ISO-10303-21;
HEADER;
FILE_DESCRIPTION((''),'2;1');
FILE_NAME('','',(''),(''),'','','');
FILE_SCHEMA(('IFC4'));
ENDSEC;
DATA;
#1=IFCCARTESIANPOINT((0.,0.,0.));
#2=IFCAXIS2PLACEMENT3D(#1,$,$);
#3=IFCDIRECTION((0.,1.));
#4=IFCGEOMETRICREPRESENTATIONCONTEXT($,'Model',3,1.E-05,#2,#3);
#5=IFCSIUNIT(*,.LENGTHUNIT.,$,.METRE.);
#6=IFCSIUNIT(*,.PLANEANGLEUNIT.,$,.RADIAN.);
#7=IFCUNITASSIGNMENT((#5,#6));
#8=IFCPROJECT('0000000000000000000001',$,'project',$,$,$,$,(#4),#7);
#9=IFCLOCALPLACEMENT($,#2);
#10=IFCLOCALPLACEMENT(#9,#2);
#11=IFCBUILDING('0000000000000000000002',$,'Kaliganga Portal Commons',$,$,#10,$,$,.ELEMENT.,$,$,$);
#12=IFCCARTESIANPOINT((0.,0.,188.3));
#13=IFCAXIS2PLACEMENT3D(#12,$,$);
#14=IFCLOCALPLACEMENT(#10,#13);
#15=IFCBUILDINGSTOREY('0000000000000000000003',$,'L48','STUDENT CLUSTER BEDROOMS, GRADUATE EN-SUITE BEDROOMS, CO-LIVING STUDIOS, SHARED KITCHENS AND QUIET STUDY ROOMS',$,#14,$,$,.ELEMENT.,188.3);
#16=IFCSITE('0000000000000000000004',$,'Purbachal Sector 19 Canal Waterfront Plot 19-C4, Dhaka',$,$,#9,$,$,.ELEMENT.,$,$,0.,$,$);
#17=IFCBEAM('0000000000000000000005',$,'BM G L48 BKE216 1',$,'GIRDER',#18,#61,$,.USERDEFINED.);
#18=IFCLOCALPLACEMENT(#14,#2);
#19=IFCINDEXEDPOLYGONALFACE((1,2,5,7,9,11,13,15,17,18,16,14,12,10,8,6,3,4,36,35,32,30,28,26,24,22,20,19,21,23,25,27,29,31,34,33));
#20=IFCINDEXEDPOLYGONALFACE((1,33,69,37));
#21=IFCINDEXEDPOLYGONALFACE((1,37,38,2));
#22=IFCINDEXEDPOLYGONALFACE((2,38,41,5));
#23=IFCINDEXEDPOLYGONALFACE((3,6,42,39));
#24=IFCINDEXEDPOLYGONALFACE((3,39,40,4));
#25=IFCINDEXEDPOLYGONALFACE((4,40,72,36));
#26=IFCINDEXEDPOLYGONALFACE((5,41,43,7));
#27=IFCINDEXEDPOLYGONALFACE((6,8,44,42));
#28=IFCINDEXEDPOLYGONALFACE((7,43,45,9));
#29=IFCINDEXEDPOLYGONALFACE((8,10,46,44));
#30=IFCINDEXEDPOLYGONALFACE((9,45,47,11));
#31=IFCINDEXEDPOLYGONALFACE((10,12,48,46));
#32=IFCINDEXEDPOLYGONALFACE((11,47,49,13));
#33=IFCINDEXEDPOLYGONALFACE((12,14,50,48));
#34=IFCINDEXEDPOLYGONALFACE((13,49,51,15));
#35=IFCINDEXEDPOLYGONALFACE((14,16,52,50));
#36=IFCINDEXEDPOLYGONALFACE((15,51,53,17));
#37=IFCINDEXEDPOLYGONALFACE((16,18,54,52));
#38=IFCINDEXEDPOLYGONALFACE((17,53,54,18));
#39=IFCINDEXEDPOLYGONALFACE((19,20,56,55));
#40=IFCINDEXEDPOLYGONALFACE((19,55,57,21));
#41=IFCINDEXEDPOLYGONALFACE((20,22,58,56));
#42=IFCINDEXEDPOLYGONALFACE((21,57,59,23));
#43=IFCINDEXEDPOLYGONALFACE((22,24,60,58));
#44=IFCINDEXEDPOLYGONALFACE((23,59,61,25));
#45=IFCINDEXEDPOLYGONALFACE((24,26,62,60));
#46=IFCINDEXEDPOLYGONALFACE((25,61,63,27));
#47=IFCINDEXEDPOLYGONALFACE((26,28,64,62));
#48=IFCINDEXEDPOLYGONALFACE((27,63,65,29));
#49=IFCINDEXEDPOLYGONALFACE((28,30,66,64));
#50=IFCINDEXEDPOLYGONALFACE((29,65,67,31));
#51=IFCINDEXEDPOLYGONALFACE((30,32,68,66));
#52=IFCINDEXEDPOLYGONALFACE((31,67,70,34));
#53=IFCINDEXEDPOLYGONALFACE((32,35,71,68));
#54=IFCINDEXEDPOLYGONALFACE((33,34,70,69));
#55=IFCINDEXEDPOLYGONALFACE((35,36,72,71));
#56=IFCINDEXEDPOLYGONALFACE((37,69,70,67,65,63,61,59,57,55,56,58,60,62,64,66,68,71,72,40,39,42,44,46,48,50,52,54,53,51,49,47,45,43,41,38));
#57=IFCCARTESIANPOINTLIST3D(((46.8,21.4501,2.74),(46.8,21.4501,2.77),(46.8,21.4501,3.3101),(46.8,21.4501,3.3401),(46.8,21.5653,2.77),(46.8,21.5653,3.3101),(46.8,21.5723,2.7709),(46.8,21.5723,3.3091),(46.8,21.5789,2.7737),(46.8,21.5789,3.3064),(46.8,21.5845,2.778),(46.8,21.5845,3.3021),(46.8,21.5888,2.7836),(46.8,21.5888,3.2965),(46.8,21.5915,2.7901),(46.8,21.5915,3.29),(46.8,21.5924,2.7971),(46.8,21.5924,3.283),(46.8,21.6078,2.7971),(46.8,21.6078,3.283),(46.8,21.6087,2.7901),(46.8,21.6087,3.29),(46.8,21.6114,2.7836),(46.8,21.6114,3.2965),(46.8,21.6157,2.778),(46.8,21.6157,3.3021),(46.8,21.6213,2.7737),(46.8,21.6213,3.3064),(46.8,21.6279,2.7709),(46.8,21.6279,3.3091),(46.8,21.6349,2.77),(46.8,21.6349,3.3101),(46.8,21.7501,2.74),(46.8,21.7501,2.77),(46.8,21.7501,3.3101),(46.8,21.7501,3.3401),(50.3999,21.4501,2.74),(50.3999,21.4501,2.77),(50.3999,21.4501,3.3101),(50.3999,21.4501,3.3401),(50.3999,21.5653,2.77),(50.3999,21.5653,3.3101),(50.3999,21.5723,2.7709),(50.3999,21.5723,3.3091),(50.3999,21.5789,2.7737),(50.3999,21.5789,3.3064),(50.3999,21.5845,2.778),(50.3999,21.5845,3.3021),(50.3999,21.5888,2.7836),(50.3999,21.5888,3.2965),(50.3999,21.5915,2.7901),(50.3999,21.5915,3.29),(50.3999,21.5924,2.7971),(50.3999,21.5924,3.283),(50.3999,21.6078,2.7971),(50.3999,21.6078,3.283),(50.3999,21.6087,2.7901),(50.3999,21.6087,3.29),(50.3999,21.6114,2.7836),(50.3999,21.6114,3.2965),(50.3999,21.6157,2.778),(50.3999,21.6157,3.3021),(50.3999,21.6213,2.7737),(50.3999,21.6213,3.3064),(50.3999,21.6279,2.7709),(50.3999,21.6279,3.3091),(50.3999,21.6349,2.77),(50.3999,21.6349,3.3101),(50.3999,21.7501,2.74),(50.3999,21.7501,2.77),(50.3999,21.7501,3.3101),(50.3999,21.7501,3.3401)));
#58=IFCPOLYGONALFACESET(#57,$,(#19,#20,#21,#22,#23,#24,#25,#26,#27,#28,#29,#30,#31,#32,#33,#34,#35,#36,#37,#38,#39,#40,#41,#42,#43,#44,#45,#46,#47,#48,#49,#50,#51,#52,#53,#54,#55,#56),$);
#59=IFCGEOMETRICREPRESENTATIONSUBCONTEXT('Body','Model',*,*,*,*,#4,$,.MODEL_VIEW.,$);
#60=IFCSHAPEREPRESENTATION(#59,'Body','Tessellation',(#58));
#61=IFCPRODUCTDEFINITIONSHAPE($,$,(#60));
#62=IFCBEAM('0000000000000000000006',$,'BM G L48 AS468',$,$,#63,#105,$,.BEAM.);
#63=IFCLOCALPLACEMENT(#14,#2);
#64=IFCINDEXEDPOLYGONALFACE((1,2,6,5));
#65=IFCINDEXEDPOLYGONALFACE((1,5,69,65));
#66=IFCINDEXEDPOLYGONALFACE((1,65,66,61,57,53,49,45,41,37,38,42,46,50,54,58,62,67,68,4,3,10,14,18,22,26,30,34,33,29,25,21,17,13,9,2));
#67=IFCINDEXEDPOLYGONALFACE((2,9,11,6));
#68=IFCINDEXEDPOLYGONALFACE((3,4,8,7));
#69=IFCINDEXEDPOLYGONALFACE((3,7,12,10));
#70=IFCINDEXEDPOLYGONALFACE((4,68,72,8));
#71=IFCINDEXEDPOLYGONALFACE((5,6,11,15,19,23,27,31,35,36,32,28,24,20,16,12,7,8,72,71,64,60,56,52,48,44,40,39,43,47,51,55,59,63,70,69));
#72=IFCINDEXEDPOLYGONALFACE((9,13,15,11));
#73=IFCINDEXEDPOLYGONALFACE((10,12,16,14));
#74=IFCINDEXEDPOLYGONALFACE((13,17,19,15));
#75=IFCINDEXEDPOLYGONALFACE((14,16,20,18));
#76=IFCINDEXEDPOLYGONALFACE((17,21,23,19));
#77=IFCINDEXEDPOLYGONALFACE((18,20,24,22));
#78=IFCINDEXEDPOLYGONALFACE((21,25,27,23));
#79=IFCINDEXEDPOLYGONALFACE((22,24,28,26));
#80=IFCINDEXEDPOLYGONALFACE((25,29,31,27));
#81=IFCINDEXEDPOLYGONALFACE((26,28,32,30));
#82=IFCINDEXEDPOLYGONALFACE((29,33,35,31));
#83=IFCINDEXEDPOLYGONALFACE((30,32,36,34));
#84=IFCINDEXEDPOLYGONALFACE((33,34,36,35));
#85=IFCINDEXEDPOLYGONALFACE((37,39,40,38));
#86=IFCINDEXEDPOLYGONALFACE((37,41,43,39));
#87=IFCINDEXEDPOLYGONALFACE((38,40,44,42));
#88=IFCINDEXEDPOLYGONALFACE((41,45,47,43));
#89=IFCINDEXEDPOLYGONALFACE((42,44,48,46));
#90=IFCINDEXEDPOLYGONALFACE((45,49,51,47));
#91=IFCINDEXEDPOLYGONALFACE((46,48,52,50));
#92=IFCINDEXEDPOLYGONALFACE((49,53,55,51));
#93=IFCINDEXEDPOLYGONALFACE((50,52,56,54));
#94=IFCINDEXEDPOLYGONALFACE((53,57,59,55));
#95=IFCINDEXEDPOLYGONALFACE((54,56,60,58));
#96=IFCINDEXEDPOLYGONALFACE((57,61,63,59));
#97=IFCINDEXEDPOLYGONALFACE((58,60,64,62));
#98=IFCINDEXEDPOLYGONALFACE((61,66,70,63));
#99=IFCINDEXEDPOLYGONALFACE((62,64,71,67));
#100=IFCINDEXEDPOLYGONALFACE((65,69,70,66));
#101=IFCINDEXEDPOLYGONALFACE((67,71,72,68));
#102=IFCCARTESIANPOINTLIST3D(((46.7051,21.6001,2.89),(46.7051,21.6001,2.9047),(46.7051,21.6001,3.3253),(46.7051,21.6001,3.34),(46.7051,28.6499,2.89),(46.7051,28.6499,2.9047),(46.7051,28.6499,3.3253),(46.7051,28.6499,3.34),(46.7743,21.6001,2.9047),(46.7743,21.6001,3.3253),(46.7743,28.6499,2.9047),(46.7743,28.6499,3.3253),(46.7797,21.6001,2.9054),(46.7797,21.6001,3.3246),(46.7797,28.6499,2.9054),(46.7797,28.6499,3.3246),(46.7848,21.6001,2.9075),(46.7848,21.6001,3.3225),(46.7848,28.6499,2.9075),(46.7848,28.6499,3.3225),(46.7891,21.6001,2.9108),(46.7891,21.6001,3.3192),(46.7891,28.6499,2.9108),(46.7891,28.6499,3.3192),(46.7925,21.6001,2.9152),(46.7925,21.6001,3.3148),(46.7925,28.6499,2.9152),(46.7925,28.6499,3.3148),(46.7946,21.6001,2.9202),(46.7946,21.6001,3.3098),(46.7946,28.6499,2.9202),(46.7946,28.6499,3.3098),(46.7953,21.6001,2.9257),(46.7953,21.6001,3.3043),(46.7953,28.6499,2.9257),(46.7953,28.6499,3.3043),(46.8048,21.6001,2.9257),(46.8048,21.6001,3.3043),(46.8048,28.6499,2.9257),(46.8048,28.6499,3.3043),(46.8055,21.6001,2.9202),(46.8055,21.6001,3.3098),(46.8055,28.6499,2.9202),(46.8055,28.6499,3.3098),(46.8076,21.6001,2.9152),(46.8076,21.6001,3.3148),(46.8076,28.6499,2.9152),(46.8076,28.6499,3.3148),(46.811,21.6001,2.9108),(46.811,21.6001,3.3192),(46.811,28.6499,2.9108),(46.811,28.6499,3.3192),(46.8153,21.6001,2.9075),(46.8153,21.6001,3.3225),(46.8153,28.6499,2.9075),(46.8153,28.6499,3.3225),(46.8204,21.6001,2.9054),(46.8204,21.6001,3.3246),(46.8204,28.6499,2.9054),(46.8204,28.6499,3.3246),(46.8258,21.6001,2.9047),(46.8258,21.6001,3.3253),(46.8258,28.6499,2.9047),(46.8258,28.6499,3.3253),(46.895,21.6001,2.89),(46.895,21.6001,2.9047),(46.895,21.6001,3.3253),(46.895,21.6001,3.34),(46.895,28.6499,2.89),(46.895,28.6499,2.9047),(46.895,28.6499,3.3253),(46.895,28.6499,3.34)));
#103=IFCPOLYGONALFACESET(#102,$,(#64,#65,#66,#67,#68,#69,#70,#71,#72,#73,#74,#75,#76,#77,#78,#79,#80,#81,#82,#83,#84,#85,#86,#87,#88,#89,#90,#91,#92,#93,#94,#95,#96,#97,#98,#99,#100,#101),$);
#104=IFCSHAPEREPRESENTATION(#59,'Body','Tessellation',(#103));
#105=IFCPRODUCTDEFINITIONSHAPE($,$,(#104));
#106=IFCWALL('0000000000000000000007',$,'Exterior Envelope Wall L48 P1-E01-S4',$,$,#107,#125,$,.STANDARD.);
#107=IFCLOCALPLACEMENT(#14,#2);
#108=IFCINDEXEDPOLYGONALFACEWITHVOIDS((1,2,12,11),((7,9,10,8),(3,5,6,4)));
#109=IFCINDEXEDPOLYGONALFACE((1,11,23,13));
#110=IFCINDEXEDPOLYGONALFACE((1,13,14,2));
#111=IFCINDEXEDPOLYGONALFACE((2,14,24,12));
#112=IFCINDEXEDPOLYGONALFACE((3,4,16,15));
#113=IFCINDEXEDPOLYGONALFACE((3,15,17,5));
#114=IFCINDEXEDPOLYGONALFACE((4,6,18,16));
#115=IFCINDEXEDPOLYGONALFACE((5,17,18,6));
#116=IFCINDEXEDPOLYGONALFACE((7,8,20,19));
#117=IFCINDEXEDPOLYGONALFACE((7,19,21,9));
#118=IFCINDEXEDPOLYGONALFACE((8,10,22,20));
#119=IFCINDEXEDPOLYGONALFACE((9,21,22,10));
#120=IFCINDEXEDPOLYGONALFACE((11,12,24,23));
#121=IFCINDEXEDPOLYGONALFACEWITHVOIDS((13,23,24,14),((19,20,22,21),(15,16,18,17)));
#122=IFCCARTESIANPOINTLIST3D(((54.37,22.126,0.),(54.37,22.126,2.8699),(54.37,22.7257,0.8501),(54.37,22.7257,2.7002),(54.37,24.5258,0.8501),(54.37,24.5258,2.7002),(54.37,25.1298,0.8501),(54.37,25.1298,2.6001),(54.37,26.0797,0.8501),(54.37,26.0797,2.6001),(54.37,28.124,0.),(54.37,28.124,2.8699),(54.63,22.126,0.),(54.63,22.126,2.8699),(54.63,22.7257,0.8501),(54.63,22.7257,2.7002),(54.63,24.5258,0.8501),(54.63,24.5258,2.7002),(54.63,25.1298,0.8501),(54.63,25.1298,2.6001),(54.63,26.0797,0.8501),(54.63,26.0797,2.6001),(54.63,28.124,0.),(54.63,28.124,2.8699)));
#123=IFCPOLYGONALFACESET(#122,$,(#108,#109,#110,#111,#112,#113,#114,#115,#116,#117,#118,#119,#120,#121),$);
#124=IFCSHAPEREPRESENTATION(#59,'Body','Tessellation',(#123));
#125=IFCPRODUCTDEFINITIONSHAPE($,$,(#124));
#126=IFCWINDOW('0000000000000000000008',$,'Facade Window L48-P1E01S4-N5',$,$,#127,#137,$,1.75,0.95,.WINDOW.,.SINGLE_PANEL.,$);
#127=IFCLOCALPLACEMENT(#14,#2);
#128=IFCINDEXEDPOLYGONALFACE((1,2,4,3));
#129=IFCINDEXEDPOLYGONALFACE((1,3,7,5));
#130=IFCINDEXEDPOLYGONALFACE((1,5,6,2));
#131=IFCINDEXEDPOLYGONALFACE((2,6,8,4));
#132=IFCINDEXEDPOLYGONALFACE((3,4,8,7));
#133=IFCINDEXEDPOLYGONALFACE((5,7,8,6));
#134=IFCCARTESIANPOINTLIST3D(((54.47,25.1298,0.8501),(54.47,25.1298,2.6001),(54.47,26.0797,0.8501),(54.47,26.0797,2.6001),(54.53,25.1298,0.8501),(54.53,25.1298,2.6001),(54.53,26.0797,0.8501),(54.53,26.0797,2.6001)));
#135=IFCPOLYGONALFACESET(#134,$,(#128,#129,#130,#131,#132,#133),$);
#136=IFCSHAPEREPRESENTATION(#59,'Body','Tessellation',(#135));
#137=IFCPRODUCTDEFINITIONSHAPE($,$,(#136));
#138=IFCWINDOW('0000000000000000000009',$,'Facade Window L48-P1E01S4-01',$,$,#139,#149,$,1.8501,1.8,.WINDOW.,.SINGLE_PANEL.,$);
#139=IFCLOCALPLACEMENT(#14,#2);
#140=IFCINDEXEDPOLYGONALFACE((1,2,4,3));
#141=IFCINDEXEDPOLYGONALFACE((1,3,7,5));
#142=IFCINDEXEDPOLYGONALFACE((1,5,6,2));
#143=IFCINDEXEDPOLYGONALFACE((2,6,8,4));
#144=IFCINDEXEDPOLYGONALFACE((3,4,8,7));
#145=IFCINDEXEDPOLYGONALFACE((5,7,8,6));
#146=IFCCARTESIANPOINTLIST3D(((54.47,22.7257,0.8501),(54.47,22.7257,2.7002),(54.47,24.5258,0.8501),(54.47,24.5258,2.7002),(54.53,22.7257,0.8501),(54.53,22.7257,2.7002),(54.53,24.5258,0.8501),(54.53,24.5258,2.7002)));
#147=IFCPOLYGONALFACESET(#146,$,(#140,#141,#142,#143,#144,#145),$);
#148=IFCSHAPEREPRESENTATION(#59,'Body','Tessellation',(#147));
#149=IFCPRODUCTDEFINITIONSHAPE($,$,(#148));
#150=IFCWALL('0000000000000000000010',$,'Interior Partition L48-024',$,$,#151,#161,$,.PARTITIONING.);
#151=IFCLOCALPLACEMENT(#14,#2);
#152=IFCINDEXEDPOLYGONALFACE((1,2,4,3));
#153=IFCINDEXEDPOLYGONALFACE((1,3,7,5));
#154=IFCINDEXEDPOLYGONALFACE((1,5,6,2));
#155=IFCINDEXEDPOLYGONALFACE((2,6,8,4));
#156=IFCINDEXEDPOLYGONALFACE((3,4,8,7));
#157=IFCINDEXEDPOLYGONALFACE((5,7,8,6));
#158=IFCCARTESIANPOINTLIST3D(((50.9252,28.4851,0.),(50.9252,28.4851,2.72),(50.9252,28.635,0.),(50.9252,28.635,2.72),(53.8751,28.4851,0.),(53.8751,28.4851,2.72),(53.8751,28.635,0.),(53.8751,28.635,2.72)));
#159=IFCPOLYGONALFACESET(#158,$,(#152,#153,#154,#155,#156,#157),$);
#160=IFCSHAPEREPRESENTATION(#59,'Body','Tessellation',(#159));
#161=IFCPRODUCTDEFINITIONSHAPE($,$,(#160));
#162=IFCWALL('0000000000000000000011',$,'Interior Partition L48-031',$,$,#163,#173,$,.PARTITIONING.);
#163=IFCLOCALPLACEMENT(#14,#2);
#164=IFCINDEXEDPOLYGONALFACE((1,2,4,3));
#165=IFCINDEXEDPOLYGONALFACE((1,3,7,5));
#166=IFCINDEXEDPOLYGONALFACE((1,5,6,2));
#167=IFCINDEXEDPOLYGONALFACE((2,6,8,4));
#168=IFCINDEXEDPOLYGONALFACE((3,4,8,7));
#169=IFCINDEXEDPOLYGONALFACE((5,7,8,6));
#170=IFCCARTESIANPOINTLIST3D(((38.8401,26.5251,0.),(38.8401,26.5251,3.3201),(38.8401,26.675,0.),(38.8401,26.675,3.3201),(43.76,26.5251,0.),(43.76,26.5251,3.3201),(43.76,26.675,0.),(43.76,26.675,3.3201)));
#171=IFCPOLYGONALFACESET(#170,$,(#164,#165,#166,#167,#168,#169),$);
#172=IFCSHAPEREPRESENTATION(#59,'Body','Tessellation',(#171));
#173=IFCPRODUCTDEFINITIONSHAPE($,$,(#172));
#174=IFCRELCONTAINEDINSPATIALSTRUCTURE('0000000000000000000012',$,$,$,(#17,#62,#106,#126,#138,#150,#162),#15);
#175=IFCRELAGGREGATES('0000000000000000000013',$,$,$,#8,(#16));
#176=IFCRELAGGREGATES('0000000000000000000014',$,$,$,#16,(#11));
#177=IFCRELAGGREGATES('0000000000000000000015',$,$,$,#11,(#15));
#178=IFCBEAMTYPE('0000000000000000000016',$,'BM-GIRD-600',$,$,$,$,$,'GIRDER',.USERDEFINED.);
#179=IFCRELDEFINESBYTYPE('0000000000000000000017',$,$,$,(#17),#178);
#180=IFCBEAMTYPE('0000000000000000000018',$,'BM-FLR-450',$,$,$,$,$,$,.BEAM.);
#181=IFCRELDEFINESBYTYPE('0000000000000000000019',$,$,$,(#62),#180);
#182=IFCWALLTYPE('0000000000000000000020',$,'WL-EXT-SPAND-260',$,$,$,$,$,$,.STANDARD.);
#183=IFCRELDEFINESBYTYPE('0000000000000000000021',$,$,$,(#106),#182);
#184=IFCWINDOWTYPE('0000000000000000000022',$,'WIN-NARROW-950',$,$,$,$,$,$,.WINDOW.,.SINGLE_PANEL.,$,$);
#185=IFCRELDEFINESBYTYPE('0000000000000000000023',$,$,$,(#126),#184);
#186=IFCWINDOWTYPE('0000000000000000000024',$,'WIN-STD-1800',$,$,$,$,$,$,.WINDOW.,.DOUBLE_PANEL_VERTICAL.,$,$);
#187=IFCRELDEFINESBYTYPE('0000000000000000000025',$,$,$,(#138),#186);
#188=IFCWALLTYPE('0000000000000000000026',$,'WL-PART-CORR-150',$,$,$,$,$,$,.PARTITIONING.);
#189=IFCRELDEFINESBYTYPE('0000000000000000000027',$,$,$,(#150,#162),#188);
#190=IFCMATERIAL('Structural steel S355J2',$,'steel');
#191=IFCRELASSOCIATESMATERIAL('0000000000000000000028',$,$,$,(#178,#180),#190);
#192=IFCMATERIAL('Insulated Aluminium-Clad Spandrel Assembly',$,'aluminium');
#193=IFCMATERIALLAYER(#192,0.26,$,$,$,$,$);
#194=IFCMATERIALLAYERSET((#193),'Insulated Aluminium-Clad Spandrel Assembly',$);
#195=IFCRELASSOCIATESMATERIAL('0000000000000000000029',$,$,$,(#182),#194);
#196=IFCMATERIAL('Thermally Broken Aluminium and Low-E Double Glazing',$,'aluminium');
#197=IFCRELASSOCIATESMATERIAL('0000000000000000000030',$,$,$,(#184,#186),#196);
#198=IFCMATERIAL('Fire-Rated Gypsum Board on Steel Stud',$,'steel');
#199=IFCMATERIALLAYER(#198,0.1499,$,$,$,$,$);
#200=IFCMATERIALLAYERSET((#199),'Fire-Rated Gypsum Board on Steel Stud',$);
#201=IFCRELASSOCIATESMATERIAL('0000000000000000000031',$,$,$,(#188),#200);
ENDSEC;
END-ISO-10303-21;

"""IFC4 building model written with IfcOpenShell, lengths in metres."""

from ifc_helpers import new_model, si_unit, direction, frame, frame_2d, origin, origin_2d, place, context, subcontext, project, spatial, rectangle, i_section, extrude, source, transform, mapped, material, layer, layer_set, material_profile, profile_set, type_object, element, fill, save


model = new_model("IFC4")

# Units and contexts
model_context = context("Model", 3, precision=1e-05, world=origin(), true_north=direction((0.0, 1.0)))
body_context = subcontext(model_context, "Body", "Model", "MODEL_VIEW")
ifc_project = project(units=[si_unit("LENGTHUNIT", "METRE"), si_unit("PLANEANGLEUNIT", "RADIAN")], contexts=[model_context])

# Site, building, storey
site_placement = place(None, origin())
site = spatial("IfcSite", under=ifc_project, at=site_placement, Name="Purbachal Sector 19 Canal Waterfront Plot 19-C4, Dhaka", CompositionType="ELEMENT", RefElevation=0.0)
building_placement = place(site_placement, origin())
building = spatial("IfcBuilding", under=site, at=building_placement, Name="Kaliganga Portal Commons", CompositionType="ELEMENT")
storey_placement = place(building_placement, frame((0.0, 0.0, 188.3)))
storey = spatial("IfcBuildingStorey", under=building, at=storey_placement, Name="L48", Description="STUDENT CLUSTER BEDROOMS, GRADUATE EN-SUITE BEDROOMS, CO-LIVING STUDIOS, SHARED KITCHENS AND QUIET STUDY ROOMS", CompositionType="ELEMENT", Elevation=188.3)

# Beams
ifc_material_1 = material(Name="Structural steel S355J2", Category="steel")
ifc_material_profile_1 = material_profile(ifc_material_1, i_section(OverallWidth=0.3, OverallDepth=0.6001, WebThickness=0.0154, FlangeThickness=0.03, FilletRadius=0.0271, at=origin_2d()), Name="HE 600 B")
ifc_profile_set_1 = profile_set([ifc_material_profile_1], Name="Structural steel S355J2 wide-flange")
beam_type_1 = type_object("IfcBeamType", Name="BM-GIRD-600", ElementType="GIRDER", PredefinedType="USERDEFINED", material=ifc_profile_set_1)
shared_shape_1 = source(origin(), body_context, "Body", "SweptSolid", [
    extrude(i_section(OverallWidth=0.3, OverallDepth=0.6001, WebThickness=0.0154, FlangeThickness=0.03, FilletRadius=0.0271, at=origin_2d()), origin(), (0.0, 0.0, 1.0), 3.5999),
])
beam_1_placement = place(storey_placement, frame((46.8, 21.6001, 3.04), z_axis=(1.0, 0.0, 0.0), x_axis=(0.0, 1.0, 0.0)))
element("IfcBeam", 1, at=beam_1_placement, inside=storey, type_object=beam_type_1, Name="BM G L48 BKE216 1", ObjectType="GIRDER", PredefinedType="USERDEFINED", context=body_context, shape_type="MappedRepresentation", body=[
    mapped(shared_shape_1, transform((0.0, 0.0, 0.0), x_axis=(1.0, 0.0, 0.0), y_axis=(0.0, 1.0, 0.0), z_axis=(0.0, 0.0, 1.0), scale=1.0)),
])
ifc_material_profile_2 = material_profile(ifc_material_1, i_section(OverallWidth=0.1899, OverallDepth=0.45, WebThickness=0.0095, FlangeThickness=0.0146, FilletRadius=0.021, at=origin_2d()), Name="IPE 450")
ifc_profile_set_2 = profile_set([ifc_material_profile_2], Name="Structural steel S355J2 wide-flange")
beam_type_2 = type_object("IfcBeamType", Name="BM-FLR-450", PredefinedType="BEAM", material=ifc_profile_set_2)
shared_shape_2 = source(origin(), body_context, "Body", "SweptSolid", [
    extrude(i_section(OverallWidth=0.1899, OverallDepth=0.45, WebThickness=0.0095, FlangeThickness=0.0146, FilletRadius=0.021, at=origin_2d()), origin(), (0.0, 0.0, 1.0), 7.0498),
])
beam_2_placement = place(storey_placement, frame((46.8, 21.6001, 3.115), z_axis=(0.0, 1.0, 0.0), x_axis=(-1.0, 0.0, 0.0)))
element("IfcBeam", 2, at=beam_2_placement, inside=storey, type_object=beam_type_2, Name="BM G L48 AS468", PredefinedType="BEAM", context=body_context, shape_type="MappedRepresentation", body=[
    mapped(shared_shape_2, transform((0.0, 0.0, 0.0), x_axis=(1.0, 0.0, 0.0), y_axis=(0.0, 1.0, 0.0), z_axis=(0.0, 0.0, 1.0), scale=1.0)),
])

# Wall, openings, windows
ifc_material_2 = material(Name="Insulated Aluminium-Clad Spandrel Assembly", Category="aluminium")
ifc_layer_1 = layer(ifc_material_2, 0.26)
ifc_layer_set_1 = layer_set([ifc_layer_1], Name="Insulated Aluminium-Clad Spandrel Assembly")
wall_type_1 = type_object("IfcWallType", Name="WL-EXT-SPAND-260", PredefinedType="STANDARD", material=ifc_layer_set_1)
wall_1_placement = place(storey_placement, frame((54.5, 28.124, 0.0), z_axis=(0.0, 0.0, 1.0), x_axis=(0.0, -1.0, 0.0)))
wall_1 = element("IfcWall", 3, at=wall_1_placement, inside=storey, type_object=wall_type_1, Name="Exterior Envelope Wall L48 P1-E01-S4", PredefinedType="STANDARD", context=body_context, shape_type="SweptSolid", body=[
    extrude(rectangle(XDim=5.998, YDim=0.26, at=frame_2d((2.999, 0.0))), origin(), (0.0, 0.0, 1.0), 2.8699),
])
opening_1_placement = place(wall_1_placement, frame((3.5984, 0.0, 0.8501)))
opening_1 = element("IfcOpeningElement", 4, at=opening_1_placement, cuts=wall_1, PredefinedType="OPENING", context=body_context, shape_type="SweptSolid", body=[
    extrude(rectangle(XDim=1.8, YDim=1.8501, at=frame_2d((0.8999, 0.925))), frame((0.0, 0.1401, 0.0), z_axis=(0.0, -1.0, 0.0), x_axis=(1.0, 0.0, 0.0)), (0.0, 0.0, 1.0), 0.28),
])
opening_2_placement = place(wall_1_placement, frame((2.0442, 0.0, 0.8501)))
opening_2 = element("IfcOpeningElement", 5, at=opening_2_placement, cuts=wall_1, PredefinedType="OPENING", context=body_context, shape_type="SweptSolid", body=[
    extrude(rectangle(XDim=0.95, YDim=1.75, at=frame_2d((0.4751, 0.875))), frame((0.0, 0.1401, 0.0), z_axis=(0.0, -1.0, 0.0), x_axis=(1.0, 0.0, 0.0)), (0.0, 0.0, 1.0), 0.28),
])
ifc_material_3 = material(Name="Thermally Broken Aluminium and Low-E Double Glazing", Category="aluminium")
window_type_1 = type_object("IfcWindowType", Name="WIN-NARROW-950", PartitioningType="SINGLE_PANEL", PredefinedType="WINDOW", material=ifc_material_3)
window_1_placement = place(opening_2_placement, origin())
window_1 = element("IfcWindow", 6, at=window_1_placement, inside=storey, type_object=window_type_1, Name="Facade Window L48-P1E01S4-N5", OverallHeight=1.75, OverallWidth=0.95, PartitioningType="SINGLE_PANEL", PredefinedType="WINDOW", context=body_context, shape_type="SweptSolid", body=[
    extrude(rectangle(XDim=0.95, YDim=1.75, at=frame_2d((0.4751, 0.875))), frame((0.0, 0.03, 0.0), z_axis=(0.0, -1.0, 0.0), x_axis=(1.0, 0.0, 0.0)), (0.0, 0.0, 1.0), 0.0601),
])
fill(opening_2, window_1)
window_type_2 = type_object("IfcWindowType", Name="WIN-STD-1800", PartitioningType="DOUBLE_PANEL_VERTICAL", PredefinedType="WINDOW", material=ifc_material_3)
window_2_placement = place(opening_1_placement, origin())
window_2 = element("IfcWindow", 7, at=window_2_placement, inside=storey, type_object=window_type_2, Name="Facade Window L48-P1E01S4-01", OverallHeight=1.8501, OverallWidth=1.8, PartitioningType="SINGLE_PANEL", PredefinedType="WINDOW", context=body_context, shape_type="SweptSolid", body=[
    extrude(rectangle(XDim=1.8, YDim=1.8501, at=frame_2d((0.8999, 0.925))), frame((0.0, 0.03, 0.0), z_axis=(0.0, -1.0, 0.0), x_axis=(1.0, 0.0, 0.0)), (0.0, 0.0, 1.0), 0.0601),
])
fill(opening_1, window_2)

# Shared definitions
ifc_material_4 = material(Name="Fire-Rated Gypsum Board on Steel Stud", Category="steel")
ifc_layer_2 = layer(ifc_material_4, 0.1499)
ifc_layer_set_2 = layer_set([ifc_layer_2], Name="Fire-Rated Gypsum Board on Steel Stud")
wall_type_2 = type_object("IfcWallType", Name="WL-PART-CORR-150", PredefinedType="PARTITIONING", material=ifc_layer_set_2)

# Walls
wall_2_placement = place(storey_placement, frame((50.925, 28.5601, 0.0), z_axis=(0.0, 0.0, 1.0), x_axis=(1.0, 0.0, 0.0)))
element("IfcWall", 8, at=wall_2_placement, inside=storey, type_object=wall_type_2, Name="Interior Partition L48-024", PredefinedType="PARTITIONING", context=body_context, shape_type="SweptSolid", body=[
    extrude(rectangle(XDim=2.95, YDim=0.1499, at=frame_2d((1.4751, 0.0))), origin(), (0.0, 0.0, 1.0), 2.72),
])
wall_3_placement = place(storey_placement, frame((38.8401, 26.6001, 0.0), z_axis=(0.0, 0.0, 1.0), x_axis=(1.0, 0.0, 0.0)))
element("IfcWall", 9, at=wall_3_placement, inside=storey, type_object=wall_type_2, Name="Interior Partition L48-031", PredefinedType="PARTITIONING", context=body_context, shape_type="SweptSolid", body=[
    extrude(rectangle(XDim=4.9199, YDim=0.1499, at=frame_2d((2.46, 0.0))), origin(), (0.0, 0.0, 1.0), 3.3201),
])

save(model, "model.ifc")
